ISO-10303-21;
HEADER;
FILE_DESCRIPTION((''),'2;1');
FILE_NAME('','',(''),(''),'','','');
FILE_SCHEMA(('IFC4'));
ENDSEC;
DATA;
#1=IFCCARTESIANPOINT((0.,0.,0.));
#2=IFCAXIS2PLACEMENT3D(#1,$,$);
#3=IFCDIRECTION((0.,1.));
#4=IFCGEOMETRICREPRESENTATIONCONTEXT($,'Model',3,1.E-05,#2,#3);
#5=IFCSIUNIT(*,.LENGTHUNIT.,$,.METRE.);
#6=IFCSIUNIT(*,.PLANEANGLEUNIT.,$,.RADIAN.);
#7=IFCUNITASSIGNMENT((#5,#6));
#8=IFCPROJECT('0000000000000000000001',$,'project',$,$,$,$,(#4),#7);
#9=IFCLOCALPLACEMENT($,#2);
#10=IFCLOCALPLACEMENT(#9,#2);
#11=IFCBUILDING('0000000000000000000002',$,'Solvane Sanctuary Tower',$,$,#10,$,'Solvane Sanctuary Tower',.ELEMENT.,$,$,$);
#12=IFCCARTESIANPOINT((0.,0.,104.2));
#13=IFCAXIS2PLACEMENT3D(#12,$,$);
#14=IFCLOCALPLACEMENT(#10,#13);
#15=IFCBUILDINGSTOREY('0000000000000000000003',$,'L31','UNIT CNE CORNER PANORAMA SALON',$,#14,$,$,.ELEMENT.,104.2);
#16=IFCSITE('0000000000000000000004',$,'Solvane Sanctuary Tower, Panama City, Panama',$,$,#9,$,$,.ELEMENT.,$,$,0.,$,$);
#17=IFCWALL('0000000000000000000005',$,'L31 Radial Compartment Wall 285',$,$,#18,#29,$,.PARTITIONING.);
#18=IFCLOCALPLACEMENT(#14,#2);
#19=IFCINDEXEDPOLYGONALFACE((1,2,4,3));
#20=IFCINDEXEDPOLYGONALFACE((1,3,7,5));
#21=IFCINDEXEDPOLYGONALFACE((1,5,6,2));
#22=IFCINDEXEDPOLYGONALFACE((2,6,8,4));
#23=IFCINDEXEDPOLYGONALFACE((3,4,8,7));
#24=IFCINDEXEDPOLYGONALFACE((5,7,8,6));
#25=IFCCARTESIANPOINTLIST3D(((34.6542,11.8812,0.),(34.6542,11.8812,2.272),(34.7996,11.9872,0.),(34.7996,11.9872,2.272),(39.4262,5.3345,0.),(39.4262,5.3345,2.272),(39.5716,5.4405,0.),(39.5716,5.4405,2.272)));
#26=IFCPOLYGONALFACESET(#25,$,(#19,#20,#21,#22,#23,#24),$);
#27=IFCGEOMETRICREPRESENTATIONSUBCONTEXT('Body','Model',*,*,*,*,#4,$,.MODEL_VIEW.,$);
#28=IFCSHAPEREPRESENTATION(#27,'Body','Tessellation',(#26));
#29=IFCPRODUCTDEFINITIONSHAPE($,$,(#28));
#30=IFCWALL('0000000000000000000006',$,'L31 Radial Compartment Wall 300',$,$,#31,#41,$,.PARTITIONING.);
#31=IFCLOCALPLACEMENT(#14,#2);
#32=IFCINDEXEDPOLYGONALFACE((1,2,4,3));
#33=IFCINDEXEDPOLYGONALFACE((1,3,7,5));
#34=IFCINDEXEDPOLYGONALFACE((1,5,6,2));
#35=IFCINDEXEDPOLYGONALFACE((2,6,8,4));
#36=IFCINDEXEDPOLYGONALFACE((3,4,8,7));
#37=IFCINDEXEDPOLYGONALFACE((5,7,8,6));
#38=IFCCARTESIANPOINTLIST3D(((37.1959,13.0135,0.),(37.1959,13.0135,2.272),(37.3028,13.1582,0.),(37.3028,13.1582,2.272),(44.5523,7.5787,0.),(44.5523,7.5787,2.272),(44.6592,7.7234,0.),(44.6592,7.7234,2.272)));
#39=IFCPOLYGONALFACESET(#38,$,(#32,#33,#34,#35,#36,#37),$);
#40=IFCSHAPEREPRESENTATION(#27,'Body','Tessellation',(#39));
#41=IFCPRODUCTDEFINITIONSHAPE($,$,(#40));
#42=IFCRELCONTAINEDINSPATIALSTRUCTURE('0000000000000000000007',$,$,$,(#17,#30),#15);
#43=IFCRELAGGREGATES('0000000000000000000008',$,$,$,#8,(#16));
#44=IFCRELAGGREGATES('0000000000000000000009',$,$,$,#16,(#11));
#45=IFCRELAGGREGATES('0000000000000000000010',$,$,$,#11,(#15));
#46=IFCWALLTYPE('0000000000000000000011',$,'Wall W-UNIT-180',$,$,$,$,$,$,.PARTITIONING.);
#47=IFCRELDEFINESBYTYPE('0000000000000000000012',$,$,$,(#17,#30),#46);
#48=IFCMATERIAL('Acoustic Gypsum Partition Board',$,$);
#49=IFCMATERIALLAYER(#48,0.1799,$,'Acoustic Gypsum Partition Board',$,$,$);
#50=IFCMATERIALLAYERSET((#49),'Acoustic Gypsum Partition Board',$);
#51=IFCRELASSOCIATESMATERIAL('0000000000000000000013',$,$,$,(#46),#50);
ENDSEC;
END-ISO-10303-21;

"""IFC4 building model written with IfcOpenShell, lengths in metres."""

from ifc_helpers import new_model, si_unit, direction, frame, frame_2d, origin, place, context, subcontext, project, spatial, rectangle, extrude, material, layer, layer_set, type_object, element, save


model = new_model("IFC4")

# Units and contexts
model_context = context("Model", 3, precision=1e-05, world=origin(), true_north=direction((0.0, 1.0)))
body_context = subcontext(model_context, "Body", "Model", "MODEL_VIEW")
ifc_project = project(units=[si_unit("LENGTHUNIT", "METRE"), si_unit("PLANEANGLEUNIT", "RADIAN")], contexts=[model_context])

# Site, building, storey
site_placement = place(None, origin())
site = spatial("IfcSite", under=ifc_project, at=site_placement, Name="Solvane Sanctuary Tower, Panama City, Panama", CompositionType="ELEMENT", RefElevation=0.0)
building_placement = place(site_placement, origin())
building = spatial("IfcBuilding", under=site, at=building_placement, Name="Solvane Sanctuary Tower", LongName="Solvane Sanctuary Tower", CompositionType="ELEMENT")
storey_placement = place(building_placement, frame((0.0, 0.0, 104.2)))
storey = spatial("IfcBuildingStorey", under=building, at=storey_placement, Name="L31", Description="UNIT CNE CORNER PANORAMA SALON", CompositionType="ELEMENT", Elevation=104.2)

# Shared definitions
ifc_material_1 = material(Name="Acoustic Gypsum Partition Board")

# Walls
ifc_layer_1 = layer(ifc_material_1, 0.1799, Name="Acoustic Gypsum Partition Board")
ifc_layer_set_1 = layer_set([ifc_layer_1], Name="Acoustic Gypsum Partition Board")
wall_type_1 = type_object("IfcWallType", Name="Wall W-UNIT-180", PredefinedType="PARTITIONING", material=ifc_layer_set_1)
wall_1_placement = place(storey_placement, frame((34.7268, 11.9343, 0.0), z_axis=(0.0, 0.0, 1.0), x_axis=(0.589042, -0.808102, 0.0)))
element("IfcWall", 1, at=wall_1_placement, inside=storey, type_object=wall_type_1, Name="L31 Radial Compartment Wall 285", PredefinedType="PARTITIONING", context=body_context, shape_type="SweptSolid", body=[
    extrude(rectangle(XDim=8.1013, YDim=0.1799, at=frame_2d((4.0508, 0.0))), origin(), (0.0, 0.0, 1.0), 2.272),
])
wall_2_placement = place(storey_placement, frame((37.2493, 13.0859, 0.0), z_axis=(0.0, 0.0, 1.0), x_axis=(0.80431, -0.59421, 0.0)))
element("IfcWall", 2, at=wall_2_placement, inside=storey, type_object=wall_type_1, Name="L31 Radial Compartment Wall 300", PredefinedType="PARTITIONING", context=body_context, shape_type="SweptSolid", body=[
    extrude(rectangle(XDim=9.1462, YDim=0.1799, at=frame_2d((4.5732, 0.0))), origin(), (0.0, 0.0, 1.0), 2.272),
])

save(model, "model.ifc")
